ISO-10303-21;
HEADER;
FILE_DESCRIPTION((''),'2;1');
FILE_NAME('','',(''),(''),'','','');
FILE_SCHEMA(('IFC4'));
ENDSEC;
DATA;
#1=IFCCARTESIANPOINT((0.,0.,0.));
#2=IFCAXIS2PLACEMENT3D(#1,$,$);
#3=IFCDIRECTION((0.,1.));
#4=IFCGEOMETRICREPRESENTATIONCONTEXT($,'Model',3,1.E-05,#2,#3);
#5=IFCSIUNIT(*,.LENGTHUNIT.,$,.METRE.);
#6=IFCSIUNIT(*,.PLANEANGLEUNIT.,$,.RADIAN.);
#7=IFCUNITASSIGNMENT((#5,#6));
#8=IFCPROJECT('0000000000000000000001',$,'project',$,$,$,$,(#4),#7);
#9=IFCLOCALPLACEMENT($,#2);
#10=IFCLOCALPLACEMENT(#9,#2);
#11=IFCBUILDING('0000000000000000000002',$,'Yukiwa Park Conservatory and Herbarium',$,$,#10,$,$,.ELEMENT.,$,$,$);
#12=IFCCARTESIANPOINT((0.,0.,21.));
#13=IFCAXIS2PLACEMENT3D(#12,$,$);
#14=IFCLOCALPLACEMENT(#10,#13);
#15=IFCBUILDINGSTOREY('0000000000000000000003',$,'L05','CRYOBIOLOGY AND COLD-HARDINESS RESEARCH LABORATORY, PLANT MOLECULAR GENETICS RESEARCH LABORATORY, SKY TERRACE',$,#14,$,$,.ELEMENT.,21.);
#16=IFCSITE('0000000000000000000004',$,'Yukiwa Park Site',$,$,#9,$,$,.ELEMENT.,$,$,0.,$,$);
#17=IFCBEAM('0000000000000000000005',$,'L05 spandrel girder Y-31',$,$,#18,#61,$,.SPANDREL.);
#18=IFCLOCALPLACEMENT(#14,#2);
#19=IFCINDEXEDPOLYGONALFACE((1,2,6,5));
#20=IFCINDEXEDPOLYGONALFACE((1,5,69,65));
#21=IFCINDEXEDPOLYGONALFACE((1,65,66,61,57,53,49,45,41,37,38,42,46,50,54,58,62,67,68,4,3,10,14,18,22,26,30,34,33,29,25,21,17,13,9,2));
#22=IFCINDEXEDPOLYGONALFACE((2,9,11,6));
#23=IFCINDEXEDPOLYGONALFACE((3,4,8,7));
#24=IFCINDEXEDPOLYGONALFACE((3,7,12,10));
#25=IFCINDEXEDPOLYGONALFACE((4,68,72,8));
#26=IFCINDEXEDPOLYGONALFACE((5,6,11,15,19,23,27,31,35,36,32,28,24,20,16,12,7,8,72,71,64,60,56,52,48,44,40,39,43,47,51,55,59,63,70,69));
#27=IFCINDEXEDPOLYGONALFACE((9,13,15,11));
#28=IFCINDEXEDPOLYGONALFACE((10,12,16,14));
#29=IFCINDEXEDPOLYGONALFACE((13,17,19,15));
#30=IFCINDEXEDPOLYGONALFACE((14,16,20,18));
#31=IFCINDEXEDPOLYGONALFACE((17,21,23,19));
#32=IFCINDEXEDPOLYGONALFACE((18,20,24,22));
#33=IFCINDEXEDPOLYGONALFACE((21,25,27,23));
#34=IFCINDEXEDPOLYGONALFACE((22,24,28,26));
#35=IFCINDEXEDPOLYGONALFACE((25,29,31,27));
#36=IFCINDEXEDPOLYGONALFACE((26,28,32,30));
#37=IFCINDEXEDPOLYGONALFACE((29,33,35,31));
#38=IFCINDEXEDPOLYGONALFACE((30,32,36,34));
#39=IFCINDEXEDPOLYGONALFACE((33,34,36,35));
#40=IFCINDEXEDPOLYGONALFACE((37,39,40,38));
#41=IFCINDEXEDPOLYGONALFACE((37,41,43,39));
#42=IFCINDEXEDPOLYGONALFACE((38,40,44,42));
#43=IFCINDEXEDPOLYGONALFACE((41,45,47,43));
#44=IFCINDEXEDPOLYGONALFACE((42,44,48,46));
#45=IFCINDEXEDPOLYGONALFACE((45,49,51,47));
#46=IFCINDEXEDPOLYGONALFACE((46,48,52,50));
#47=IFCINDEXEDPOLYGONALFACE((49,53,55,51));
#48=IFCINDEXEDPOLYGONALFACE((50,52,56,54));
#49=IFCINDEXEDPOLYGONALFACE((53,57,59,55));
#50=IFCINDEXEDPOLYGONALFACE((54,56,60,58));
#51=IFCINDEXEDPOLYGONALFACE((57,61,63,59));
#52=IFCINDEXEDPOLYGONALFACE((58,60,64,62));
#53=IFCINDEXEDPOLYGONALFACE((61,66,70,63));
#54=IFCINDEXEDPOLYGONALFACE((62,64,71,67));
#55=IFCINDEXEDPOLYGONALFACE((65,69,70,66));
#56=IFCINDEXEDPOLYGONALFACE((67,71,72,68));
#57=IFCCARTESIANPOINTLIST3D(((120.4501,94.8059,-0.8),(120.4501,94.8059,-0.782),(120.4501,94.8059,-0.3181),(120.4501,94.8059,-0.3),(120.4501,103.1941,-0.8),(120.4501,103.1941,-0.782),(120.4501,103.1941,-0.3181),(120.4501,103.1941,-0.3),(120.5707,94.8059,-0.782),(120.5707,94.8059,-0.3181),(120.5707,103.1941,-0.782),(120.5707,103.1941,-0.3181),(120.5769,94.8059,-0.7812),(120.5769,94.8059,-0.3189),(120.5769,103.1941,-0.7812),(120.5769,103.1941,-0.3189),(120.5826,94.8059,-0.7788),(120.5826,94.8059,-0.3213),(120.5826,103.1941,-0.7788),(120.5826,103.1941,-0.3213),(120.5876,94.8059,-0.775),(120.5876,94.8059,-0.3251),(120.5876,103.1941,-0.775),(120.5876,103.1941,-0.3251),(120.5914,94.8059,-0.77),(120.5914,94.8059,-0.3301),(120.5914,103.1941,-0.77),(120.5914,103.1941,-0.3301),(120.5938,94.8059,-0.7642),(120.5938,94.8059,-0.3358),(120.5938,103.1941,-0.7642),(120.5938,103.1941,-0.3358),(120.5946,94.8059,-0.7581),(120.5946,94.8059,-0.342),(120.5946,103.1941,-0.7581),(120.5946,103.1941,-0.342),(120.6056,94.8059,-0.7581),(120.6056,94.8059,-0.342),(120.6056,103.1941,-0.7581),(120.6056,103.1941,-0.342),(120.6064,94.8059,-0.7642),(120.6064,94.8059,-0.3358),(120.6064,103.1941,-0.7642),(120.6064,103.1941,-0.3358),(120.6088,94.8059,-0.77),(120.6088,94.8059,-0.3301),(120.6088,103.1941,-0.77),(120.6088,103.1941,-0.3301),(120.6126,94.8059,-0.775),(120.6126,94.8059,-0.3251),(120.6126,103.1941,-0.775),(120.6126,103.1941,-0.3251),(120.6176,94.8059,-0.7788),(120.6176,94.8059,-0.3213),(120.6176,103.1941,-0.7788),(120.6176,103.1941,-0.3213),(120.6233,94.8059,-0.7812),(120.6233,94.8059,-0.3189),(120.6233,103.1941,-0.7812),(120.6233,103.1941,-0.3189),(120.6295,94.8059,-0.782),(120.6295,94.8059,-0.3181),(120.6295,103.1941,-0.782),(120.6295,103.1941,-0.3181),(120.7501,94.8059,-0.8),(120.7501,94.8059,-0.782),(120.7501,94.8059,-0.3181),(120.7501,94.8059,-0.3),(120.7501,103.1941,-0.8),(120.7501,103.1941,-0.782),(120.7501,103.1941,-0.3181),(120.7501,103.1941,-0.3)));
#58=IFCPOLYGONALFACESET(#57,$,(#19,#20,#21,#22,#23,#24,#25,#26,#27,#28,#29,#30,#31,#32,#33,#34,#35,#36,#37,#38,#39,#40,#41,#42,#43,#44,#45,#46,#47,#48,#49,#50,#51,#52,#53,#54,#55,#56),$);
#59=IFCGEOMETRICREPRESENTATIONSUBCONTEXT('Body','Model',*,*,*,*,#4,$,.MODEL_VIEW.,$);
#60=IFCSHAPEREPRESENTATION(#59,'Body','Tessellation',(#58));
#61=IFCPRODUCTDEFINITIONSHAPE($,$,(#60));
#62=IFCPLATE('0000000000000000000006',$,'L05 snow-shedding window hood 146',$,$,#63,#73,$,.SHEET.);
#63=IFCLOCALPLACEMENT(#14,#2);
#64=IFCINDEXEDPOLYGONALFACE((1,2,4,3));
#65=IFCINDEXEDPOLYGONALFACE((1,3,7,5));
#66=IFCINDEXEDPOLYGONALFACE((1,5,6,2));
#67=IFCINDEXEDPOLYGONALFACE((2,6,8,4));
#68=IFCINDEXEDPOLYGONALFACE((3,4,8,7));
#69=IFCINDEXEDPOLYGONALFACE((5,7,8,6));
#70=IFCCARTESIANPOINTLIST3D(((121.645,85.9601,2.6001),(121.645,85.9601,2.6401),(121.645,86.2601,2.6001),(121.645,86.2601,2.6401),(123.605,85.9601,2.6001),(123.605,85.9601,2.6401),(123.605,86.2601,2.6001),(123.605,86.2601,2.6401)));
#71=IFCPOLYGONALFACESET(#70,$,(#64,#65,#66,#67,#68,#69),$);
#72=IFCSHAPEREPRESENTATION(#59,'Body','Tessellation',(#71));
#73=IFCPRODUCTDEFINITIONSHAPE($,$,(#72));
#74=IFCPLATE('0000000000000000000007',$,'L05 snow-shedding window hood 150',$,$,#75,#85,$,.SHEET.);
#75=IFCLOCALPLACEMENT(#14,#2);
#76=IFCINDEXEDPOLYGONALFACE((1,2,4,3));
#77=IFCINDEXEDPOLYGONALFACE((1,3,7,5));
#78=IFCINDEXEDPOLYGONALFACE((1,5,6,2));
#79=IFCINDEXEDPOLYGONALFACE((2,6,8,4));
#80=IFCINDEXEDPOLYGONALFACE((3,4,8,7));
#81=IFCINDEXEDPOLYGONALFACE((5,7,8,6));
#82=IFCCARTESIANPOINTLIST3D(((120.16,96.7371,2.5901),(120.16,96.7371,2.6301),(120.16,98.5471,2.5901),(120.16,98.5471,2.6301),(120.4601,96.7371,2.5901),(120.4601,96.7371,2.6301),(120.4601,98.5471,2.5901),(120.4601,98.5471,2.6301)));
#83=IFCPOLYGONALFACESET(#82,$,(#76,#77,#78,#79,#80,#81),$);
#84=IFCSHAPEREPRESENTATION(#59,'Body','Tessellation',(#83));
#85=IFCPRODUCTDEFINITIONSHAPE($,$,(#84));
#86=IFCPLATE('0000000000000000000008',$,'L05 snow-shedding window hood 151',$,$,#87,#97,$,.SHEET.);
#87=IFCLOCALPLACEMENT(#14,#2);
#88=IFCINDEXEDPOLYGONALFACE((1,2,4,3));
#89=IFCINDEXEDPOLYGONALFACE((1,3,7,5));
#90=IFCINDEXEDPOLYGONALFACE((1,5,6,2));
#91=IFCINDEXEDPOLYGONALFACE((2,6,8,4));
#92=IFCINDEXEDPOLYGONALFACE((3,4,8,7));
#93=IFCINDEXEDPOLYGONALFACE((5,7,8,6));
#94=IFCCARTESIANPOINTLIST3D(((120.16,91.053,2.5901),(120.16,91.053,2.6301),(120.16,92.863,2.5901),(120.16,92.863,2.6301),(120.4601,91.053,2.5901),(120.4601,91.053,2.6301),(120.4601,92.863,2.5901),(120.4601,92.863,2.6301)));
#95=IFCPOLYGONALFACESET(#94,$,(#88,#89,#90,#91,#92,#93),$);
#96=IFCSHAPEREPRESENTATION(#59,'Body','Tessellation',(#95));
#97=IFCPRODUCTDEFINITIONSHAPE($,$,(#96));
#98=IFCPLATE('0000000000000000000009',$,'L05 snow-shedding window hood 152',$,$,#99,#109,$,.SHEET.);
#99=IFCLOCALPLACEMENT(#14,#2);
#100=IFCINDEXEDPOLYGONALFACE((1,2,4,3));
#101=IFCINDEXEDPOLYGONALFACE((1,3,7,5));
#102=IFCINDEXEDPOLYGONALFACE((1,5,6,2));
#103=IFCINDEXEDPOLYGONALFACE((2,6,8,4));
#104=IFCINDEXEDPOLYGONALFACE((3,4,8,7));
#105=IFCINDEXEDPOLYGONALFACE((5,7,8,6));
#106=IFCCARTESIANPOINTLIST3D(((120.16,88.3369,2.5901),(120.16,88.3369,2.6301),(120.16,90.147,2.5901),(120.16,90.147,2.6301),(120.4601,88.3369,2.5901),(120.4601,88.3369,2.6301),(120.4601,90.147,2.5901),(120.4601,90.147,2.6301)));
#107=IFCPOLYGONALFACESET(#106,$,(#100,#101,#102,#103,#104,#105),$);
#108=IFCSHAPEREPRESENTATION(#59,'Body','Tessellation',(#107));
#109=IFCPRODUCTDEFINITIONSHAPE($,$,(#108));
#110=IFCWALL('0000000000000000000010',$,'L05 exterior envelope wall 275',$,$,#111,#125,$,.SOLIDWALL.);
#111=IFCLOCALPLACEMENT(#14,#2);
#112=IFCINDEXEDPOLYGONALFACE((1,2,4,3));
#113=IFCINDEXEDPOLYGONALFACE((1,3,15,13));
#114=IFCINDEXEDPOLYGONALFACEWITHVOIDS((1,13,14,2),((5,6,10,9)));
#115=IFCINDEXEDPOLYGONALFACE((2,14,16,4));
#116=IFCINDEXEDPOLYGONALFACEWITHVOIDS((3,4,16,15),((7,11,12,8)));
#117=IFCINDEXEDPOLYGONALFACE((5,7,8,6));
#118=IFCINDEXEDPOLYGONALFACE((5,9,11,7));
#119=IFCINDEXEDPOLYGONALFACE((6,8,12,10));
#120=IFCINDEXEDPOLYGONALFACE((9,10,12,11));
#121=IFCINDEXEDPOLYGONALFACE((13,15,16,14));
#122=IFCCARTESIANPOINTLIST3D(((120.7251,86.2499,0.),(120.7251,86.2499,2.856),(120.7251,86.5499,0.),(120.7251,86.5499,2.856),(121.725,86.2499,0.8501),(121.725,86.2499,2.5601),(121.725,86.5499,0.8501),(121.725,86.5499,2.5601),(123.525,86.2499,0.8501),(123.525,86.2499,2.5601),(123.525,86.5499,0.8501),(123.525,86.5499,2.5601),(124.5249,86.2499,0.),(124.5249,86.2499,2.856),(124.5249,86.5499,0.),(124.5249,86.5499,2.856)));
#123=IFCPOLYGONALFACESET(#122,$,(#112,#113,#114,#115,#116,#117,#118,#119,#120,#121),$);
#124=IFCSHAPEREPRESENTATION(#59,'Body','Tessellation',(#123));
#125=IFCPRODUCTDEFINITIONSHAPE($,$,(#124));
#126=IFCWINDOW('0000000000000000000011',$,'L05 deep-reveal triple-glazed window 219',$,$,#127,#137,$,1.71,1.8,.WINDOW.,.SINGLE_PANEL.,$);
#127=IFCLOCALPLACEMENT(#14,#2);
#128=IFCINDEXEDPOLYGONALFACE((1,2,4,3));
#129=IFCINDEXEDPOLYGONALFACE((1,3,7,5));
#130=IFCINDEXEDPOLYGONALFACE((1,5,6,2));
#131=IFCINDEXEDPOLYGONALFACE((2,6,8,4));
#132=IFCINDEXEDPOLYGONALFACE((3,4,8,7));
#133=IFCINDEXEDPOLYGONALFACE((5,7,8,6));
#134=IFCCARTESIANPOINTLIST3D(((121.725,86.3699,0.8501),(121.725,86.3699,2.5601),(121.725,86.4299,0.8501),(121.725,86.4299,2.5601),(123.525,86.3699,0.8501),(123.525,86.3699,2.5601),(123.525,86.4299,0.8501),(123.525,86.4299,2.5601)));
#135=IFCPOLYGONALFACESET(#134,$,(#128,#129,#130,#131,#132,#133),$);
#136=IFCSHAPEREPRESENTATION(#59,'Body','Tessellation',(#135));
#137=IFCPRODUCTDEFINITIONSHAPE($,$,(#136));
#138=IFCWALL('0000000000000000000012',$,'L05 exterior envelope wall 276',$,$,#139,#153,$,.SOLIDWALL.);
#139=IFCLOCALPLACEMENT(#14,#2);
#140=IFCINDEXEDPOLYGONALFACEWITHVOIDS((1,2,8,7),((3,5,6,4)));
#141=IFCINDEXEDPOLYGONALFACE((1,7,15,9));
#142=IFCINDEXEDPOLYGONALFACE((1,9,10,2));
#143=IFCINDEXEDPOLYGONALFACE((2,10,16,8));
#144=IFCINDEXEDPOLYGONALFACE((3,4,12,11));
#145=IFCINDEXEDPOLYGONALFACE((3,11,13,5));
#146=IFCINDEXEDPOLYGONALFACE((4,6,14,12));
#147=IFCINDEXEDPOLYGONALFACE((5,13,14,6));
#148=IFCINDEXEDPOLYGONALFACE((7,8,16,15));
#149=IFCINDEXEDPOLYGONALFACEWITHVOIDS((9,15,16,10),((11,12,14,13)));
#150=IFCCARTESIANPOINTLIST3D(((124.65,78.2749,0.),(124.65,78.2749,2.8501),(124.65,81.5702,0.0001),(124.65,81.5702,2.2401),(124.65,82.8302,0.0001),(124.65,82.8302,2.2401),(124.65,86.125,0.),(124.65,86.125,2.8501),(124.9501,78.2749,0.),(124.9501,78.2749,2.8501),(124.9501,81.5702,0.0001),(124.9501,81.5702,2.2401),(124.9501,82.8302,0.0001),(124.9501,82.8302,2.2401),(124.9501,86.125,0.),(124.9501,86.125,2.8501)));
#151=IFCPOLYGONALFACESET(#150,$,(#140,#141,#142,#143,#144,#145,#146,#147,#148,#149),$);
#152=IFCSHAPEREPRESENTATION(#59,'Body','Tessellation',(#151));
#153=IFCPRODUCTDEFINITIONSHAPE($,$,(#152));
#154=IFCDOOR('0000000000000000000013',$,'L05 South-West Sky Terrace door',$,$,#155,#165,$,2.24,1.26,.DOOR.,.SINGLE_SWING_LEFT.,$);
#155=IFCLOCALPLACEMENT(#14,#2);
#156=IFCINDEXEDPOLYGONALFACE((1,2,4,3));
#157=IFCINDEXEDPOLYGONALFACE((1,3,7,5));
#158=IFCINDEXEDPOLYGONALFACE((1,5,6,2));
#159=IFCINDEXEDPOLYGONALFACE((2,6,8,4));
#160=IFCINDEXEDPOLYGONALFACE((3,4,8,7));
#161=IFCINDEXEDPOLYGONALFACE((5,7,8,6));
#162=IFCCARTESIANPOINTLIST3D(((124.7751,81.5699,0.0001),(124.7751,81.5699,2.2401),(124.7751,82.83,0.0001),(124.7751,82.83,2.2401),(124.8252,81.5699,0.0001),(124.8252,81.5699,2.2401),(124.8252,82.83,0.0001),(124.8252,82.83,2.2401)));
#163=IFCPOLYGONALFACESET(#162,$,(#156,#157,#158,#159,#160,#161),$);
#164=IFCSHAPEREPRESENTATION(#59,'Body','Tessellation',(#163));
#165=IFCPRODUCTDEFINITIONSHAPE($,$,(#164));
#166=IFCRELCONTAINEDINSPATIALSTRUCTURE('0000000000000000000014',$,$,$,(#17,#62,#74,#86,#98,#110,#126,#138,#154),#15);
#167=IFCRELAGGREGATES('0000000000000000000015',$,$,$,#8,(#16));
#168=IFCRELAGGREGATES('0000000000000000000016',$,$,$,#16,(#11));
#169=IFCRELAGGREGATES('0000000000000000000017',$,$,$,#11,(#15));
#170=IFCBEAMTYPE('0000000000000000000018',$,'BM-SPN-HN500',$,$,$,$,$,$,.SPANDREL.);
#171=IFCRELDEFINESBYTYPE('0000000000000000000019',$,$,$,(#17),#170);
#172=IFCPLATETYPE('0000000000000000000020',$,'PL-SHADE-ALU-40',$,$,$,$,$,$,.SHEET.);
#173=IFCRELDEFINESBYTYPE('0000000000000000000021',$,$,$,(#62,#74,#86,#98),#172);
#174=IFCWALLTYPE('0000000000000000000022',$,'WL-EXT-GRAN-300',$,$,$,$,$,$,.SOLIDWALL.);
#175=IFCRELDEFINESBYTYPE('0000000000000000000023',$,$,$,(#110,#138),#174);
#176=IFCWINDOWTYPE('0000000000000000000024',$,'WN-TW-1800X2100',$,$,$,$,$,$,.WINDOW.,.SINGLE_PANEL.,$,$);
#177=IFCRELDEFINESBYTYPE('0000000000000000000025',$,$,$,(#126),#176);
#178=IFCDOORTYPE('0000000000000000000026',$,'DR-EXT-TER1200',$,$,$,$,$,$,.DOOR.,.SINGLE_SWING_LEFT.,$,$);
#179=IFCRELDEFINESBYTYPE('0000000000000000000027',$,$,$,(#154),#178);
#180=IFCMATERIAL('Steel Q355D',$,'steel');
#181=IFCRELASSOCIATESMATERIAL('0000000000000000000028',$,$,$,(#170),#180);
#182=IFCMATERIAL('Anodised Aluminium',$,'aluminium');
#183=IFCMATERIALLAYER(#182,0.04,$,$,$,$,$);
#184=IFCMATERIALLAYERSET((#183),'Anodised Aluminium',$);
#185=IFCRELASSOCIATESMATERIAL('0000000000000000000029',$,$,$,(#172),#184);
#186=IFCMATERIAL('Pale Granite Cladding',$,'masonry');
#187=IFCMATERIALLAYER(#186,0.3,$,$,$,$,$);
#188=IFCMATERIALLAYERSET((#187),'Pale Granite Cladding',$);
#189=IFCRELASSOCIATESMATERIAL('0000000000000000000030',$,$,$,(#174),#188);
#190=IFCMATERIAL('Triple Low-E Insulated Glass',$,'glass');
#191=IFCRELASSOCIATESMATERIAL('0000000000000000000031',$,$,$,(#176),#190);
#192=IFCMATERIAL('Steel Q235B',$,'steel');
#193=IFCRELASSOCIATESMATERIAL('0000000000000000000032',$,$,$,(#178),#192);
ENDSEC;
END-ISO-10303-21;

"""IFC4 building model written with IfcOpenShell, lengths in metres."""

from ifc_helpers import new_model, si_unit, direction, frame, frame_2d, origin, origin_2d, place, context, subcontext, project, spatial, rectangle, i_section, extrude, material, layer, layer_set, material_profile, profile_set, type_object, element, fill, save


model = new_model("IFC4")

# Units and contexts
model_context = context("Model", 3, precision=1e-05, world=origin(), true_north=direction((0.0, 1.0)))
body_context = subcontext(model_context, "Body", "Model", "MODEL_VIEW")
ifc_project = project(units=[si_unit("LENGTHUNIT", "METRE"), si_unit("PLANEANGLEUNIT", "RADIAN")], contexts=[model_context])

# Site, building, storey
site_placement = place(None, origin())
site = spatial("IfcSite", under=ifc_project, at=site_placement, Name="Yukiwa Park Site", CompositionType="ELEMENT", RefElevation=0.0)
building_placement = place(site_placement, origin())
building = spatial("IfcBuilding", under=site, at=building_placement, Name="Yukiwa Park Conservatory and Herbarium", CompositionType="ELEMENT")
storey_placement = place(building_placement, frame((0.0, 0.0, 21.0)))
storey = spatial("IfcBuildingStorey", under=building, at=storey_placement, Name="L05", Description="CRYOBIOLOGY AND COLD-HARDINESS RESEARCH LABORATORY, PLANT MOLECULAR GENETICS RESEARCH LABORATORY, SKY TERRACE", CompositionType="ELEMENT", Elevation=21.0)

# Beam
ifc_material_1 = material(Name="Steel Q355D", Category="steel")
ifc_material_profile_1 = material_profile(ifc_material_1, i_section(OverallWidth=0.3, OverallDepth=0.5, WebThickness=0.011, FlangeThickness=0.0181, FilletRadius=0.0239, at=origin_2d()), Name="HM 500x300x11x18")
ifc_profile_set_1 = profile_set([ifc_material_profile_1], Name="Steel Q355D")
beam_type_1 = type_object("IfcBeamType", Name="BM-SPN-HN500", PredefinedType="SPANDREL", material=ifc_profile_set_1)
beam_1_placement = place(storey_placement, frame((120.6001, 94.8059, -0.55), z_axis=(0.0, 1.0, 0.0), x_axis=(-1.0, 0.0, 0.0)))
element("IfcBeam", 1, at=beam_1_placement, inside=storey, type_object=beam_type_1, Name="L05 spandrel girder Y-31", PredefinedType="SPANDREL", context=body_context, shape_type="SweptSolid", body=[
    extrude(i_section(OverallWidth=0.3, OverallDepth=0.5, WebThickness=0.011, FlangeThickness=0.0181, FilletRadius=0.0239, at=origin_2d()), origin(), (0.0, 0.0, 1.0), 8.3882),
])

# Plates
ifc_material_2 = material(Name="Anodised Aluminium", Category="aluminium")
ifc_layer_1 = layer(ifc_material_2, 0.04)
ifc_layer_set_1 = layer_set([ifc_layer_1], Name="Anodised Aluminium")
plate_type = type_object("IfcPlateType", Name="PL-SHADE-ALU-40", PredefinedType="SHEET", material=ifc_layer_set_1)
plate_placement = place(storey_placement, frame((122.625, 86.1101, 2.6001), z_axis=(0.0, 0.0, 1.0), x_axis=(1.0, 0.0, 0.0)))
element("IfcPlate", 2, at=plate_placement, inside=storey, type_object=plate_type, Name="L05 snow-shedding window hood 146", PredefinedType="SHEET", context=body_context, shape_type="SweptSolid", body=[
    extrude(rectangle(XDim=1.96, YDim=0.3, at=origin_2d()), origin(), (0.0, 0.0, 1.0), 0.04),
])
for number, where, z_axis, x_axis, name in (
    (3, (120.3101, 97.6421, 2.5901), (0.0, 0.0, 1.0), (0.0, -1.0, 0.0), "L05 snow-shedding window hood 150"),
    (4, (120.3101, 91.958, 2.5901), (0.0, 0.0, 1.0), (0.0, -1.0, 0.0), "L05 snow-shedding window hood 151"),
    (5, (120.3101, 89.2419, 2.5901), (0.0, 0.0, 1.0), (0.0, -1.0, 0.0), "L05 snow-shedding window hood 152"),
):
    element("IfcPlate", number, at=place(storey_placement, frame(where, z_axis=z_axis, x_axis=x_axis)), inside=storey, type_object=plate_type, Name=name, PredefinedType="SHEET", context=body_context, shape_type="SweptSolid", body=[
        extrude(rectangle(XDim=1.8101, YDim=0.3, at=origin_2d()), origin(), (0.0, 0.0, 1.0), 0.04),
    ])

# Wall, opening, window
ifc_material_3 = material(Name="Pale Granite Cladding", Category="masonry")
ifc_layer_2 = layer(ifc_material_3, 0.3)
ifc_layer_set_2 = layer_set([ifc_layer_2], Name="Pale Granite Cladding")
wall_type = type_object("IfcWallType", Name="WL-EXT-GRAN-300", PredefinedType="SOLIDWALL", material=ifc_layer_set_2)
wall_1_placement = place(storey_placement, frame((120.7251, 86.3999, 0.0), z_axis=(0.0, 0.0, 1.0), x_axis=(1.0, 0.0, 0.0)))
wall_1 = element("IfcWall", 6, at=wall_1_placement, inside=storey, type_object=wall_type, Name="L05 exterior envelope wall 275", PredefinedType="SOLIDWALL", context=body_context, shape_type="SweptSolid", body=[
    extrude(rectangle(XDim=3.7998, YDim=0.3, at=frame_2d((1.8999, 0.0))), origin(), (0.0, 0.0, 1.0), 2.856),
])
opening_1_placement = place(wall_1_placement, frame((1.0, 0.0, 0.8501)))
opening_1 = element("IfcOpeningElement", 7, at=opening_1_placement, cuts=wall_1, PredefinedType="OPENING", context=body_context, shape_type="SweptSolid", body=[
    extrude(rectangle(XDim=1.8, YDim=1.71, at=frame_2d((0.8999, 0.855))), frame((0.0, 0.1602, 0.0), z_axis=(0.0, -1.0, 0.0), x_axis=(1.0, 0.0, 0.0)), (0.0, 0.0, 1.0), 0.3201),
])
ifc_material_4 = material(Name="Triple Low-E Insulated Glass", Category="glass")
window_type_1 = type_object("IfcWindowType", Name="WN-TW-1800X2100", PartitioningType="SINGLE_PANEL", PredefinedType="WINDOW", material=ifc_material_4)
window_1_placement = place(opening_1_placement, origin())
window_1 = element("IfcWindow", 8, at=window_1_placement, inside=storey, type_object=window_type_1, Name="L05 deep-reveal triple-glazed window 219", OverallHeight=1.71, OverallWidth=1.8, PartitioningType="SINGLE_PANEL", PredefinedType="WINDOW", context=body_context, shape_type="SweptSolid", body=[
    extrude(rectangle(XDim=1.8, YDim=1.71, at=frame_2d((0.8999, 0.855))), frame((0.0, 0.03, 0.0), z_axis=(0.0, -1.0, 0.0), x_axis=(1.0, 0.0, 0.0)), (0.0, 0.0, 1.0), 0.0601),
])
fill(opening_1, window_1)

# Wall, opening, door
wall_2_placement = place(storey_placement, frame((124.8, 86.125, 0.0), z_axis=(0.0, 0.0, 1.0), x_axis=(0.0, -1.0, 0.0)))
wall_2 = element("IfcWall", 9, at=wall_2_placement, inside=storey, type_object=wall_type, Name="L05 exterior envelope wall 276", PredefinedType="SOLIDWALL", context=body_context, shape_type="SweptSolid", body=[
    extrude(rectangle(XDim=7.8501, YDim=0.3, at=frame_2d((3.925, 0.0))), origin(), (0.0, 0.0, 1.0), 2.8501),
])
opening_2_placement = place(wall_2_placement, frame((3.2949, 0.0, 0.0)))
opening_2 = element("IfcOpeningElement", 10, at=opening_2_placement, cuts=wall_2, PredefinedType="OPENING", context=body_context, shape_type="SweptSolid", body=[
    extrude(rectangle(XDim=1.26, YDim=2.24, at=frame_2d((0.6299, 1.1201))), frame((0.0, 0.1602, 0.0), z_axis=(0.0, -1.0, 0.0), x_axis=(1.0, 0.0, 0.0)), (0.0, 0.0, 1.0), 0.3201),
])
ifc_material_5 = material(Name="Steel Q235B", Category="steel")
door_type = type_object("IfcDoorType", Name="DR-EXT-TER1200", OperationType="SINGLE_SWING_LEFT", PredefinedType="DOOR", material=ifc_material_5)
door_placement = place(opening_2_placement, frame((1.26, 0.0, 0.0), z_axis=(0.0, 0.0, 1.0), x_axis=(-1.0, 0.0, 0.0)))
door = element("IfcDoor", 11, at=door_placement, inside=storey, type_object=door_type, Name="L05 South-West Sky Terrace door", OperationType="SINGLE_SWING_LEFT", OverallHeight=2.24, OverallWidth=1.26, PredefinedType="DOOR", context=body_context, shape_type="SweptSolid", body=[
    extrude(rectangle(XDim=1.26, YDim=2.24, at=frame_2d((0.6299, 1.1201))), frame((0.0, 0.0249, 0.0), z_axis=(0.0, -1.0, 0.0), x_axis=(1.0, 0.0, 0.0)), (0.0, 0.0, 1.0), 0.05),
])
fill(opening_2, door)

save(model, "model.ifc")
